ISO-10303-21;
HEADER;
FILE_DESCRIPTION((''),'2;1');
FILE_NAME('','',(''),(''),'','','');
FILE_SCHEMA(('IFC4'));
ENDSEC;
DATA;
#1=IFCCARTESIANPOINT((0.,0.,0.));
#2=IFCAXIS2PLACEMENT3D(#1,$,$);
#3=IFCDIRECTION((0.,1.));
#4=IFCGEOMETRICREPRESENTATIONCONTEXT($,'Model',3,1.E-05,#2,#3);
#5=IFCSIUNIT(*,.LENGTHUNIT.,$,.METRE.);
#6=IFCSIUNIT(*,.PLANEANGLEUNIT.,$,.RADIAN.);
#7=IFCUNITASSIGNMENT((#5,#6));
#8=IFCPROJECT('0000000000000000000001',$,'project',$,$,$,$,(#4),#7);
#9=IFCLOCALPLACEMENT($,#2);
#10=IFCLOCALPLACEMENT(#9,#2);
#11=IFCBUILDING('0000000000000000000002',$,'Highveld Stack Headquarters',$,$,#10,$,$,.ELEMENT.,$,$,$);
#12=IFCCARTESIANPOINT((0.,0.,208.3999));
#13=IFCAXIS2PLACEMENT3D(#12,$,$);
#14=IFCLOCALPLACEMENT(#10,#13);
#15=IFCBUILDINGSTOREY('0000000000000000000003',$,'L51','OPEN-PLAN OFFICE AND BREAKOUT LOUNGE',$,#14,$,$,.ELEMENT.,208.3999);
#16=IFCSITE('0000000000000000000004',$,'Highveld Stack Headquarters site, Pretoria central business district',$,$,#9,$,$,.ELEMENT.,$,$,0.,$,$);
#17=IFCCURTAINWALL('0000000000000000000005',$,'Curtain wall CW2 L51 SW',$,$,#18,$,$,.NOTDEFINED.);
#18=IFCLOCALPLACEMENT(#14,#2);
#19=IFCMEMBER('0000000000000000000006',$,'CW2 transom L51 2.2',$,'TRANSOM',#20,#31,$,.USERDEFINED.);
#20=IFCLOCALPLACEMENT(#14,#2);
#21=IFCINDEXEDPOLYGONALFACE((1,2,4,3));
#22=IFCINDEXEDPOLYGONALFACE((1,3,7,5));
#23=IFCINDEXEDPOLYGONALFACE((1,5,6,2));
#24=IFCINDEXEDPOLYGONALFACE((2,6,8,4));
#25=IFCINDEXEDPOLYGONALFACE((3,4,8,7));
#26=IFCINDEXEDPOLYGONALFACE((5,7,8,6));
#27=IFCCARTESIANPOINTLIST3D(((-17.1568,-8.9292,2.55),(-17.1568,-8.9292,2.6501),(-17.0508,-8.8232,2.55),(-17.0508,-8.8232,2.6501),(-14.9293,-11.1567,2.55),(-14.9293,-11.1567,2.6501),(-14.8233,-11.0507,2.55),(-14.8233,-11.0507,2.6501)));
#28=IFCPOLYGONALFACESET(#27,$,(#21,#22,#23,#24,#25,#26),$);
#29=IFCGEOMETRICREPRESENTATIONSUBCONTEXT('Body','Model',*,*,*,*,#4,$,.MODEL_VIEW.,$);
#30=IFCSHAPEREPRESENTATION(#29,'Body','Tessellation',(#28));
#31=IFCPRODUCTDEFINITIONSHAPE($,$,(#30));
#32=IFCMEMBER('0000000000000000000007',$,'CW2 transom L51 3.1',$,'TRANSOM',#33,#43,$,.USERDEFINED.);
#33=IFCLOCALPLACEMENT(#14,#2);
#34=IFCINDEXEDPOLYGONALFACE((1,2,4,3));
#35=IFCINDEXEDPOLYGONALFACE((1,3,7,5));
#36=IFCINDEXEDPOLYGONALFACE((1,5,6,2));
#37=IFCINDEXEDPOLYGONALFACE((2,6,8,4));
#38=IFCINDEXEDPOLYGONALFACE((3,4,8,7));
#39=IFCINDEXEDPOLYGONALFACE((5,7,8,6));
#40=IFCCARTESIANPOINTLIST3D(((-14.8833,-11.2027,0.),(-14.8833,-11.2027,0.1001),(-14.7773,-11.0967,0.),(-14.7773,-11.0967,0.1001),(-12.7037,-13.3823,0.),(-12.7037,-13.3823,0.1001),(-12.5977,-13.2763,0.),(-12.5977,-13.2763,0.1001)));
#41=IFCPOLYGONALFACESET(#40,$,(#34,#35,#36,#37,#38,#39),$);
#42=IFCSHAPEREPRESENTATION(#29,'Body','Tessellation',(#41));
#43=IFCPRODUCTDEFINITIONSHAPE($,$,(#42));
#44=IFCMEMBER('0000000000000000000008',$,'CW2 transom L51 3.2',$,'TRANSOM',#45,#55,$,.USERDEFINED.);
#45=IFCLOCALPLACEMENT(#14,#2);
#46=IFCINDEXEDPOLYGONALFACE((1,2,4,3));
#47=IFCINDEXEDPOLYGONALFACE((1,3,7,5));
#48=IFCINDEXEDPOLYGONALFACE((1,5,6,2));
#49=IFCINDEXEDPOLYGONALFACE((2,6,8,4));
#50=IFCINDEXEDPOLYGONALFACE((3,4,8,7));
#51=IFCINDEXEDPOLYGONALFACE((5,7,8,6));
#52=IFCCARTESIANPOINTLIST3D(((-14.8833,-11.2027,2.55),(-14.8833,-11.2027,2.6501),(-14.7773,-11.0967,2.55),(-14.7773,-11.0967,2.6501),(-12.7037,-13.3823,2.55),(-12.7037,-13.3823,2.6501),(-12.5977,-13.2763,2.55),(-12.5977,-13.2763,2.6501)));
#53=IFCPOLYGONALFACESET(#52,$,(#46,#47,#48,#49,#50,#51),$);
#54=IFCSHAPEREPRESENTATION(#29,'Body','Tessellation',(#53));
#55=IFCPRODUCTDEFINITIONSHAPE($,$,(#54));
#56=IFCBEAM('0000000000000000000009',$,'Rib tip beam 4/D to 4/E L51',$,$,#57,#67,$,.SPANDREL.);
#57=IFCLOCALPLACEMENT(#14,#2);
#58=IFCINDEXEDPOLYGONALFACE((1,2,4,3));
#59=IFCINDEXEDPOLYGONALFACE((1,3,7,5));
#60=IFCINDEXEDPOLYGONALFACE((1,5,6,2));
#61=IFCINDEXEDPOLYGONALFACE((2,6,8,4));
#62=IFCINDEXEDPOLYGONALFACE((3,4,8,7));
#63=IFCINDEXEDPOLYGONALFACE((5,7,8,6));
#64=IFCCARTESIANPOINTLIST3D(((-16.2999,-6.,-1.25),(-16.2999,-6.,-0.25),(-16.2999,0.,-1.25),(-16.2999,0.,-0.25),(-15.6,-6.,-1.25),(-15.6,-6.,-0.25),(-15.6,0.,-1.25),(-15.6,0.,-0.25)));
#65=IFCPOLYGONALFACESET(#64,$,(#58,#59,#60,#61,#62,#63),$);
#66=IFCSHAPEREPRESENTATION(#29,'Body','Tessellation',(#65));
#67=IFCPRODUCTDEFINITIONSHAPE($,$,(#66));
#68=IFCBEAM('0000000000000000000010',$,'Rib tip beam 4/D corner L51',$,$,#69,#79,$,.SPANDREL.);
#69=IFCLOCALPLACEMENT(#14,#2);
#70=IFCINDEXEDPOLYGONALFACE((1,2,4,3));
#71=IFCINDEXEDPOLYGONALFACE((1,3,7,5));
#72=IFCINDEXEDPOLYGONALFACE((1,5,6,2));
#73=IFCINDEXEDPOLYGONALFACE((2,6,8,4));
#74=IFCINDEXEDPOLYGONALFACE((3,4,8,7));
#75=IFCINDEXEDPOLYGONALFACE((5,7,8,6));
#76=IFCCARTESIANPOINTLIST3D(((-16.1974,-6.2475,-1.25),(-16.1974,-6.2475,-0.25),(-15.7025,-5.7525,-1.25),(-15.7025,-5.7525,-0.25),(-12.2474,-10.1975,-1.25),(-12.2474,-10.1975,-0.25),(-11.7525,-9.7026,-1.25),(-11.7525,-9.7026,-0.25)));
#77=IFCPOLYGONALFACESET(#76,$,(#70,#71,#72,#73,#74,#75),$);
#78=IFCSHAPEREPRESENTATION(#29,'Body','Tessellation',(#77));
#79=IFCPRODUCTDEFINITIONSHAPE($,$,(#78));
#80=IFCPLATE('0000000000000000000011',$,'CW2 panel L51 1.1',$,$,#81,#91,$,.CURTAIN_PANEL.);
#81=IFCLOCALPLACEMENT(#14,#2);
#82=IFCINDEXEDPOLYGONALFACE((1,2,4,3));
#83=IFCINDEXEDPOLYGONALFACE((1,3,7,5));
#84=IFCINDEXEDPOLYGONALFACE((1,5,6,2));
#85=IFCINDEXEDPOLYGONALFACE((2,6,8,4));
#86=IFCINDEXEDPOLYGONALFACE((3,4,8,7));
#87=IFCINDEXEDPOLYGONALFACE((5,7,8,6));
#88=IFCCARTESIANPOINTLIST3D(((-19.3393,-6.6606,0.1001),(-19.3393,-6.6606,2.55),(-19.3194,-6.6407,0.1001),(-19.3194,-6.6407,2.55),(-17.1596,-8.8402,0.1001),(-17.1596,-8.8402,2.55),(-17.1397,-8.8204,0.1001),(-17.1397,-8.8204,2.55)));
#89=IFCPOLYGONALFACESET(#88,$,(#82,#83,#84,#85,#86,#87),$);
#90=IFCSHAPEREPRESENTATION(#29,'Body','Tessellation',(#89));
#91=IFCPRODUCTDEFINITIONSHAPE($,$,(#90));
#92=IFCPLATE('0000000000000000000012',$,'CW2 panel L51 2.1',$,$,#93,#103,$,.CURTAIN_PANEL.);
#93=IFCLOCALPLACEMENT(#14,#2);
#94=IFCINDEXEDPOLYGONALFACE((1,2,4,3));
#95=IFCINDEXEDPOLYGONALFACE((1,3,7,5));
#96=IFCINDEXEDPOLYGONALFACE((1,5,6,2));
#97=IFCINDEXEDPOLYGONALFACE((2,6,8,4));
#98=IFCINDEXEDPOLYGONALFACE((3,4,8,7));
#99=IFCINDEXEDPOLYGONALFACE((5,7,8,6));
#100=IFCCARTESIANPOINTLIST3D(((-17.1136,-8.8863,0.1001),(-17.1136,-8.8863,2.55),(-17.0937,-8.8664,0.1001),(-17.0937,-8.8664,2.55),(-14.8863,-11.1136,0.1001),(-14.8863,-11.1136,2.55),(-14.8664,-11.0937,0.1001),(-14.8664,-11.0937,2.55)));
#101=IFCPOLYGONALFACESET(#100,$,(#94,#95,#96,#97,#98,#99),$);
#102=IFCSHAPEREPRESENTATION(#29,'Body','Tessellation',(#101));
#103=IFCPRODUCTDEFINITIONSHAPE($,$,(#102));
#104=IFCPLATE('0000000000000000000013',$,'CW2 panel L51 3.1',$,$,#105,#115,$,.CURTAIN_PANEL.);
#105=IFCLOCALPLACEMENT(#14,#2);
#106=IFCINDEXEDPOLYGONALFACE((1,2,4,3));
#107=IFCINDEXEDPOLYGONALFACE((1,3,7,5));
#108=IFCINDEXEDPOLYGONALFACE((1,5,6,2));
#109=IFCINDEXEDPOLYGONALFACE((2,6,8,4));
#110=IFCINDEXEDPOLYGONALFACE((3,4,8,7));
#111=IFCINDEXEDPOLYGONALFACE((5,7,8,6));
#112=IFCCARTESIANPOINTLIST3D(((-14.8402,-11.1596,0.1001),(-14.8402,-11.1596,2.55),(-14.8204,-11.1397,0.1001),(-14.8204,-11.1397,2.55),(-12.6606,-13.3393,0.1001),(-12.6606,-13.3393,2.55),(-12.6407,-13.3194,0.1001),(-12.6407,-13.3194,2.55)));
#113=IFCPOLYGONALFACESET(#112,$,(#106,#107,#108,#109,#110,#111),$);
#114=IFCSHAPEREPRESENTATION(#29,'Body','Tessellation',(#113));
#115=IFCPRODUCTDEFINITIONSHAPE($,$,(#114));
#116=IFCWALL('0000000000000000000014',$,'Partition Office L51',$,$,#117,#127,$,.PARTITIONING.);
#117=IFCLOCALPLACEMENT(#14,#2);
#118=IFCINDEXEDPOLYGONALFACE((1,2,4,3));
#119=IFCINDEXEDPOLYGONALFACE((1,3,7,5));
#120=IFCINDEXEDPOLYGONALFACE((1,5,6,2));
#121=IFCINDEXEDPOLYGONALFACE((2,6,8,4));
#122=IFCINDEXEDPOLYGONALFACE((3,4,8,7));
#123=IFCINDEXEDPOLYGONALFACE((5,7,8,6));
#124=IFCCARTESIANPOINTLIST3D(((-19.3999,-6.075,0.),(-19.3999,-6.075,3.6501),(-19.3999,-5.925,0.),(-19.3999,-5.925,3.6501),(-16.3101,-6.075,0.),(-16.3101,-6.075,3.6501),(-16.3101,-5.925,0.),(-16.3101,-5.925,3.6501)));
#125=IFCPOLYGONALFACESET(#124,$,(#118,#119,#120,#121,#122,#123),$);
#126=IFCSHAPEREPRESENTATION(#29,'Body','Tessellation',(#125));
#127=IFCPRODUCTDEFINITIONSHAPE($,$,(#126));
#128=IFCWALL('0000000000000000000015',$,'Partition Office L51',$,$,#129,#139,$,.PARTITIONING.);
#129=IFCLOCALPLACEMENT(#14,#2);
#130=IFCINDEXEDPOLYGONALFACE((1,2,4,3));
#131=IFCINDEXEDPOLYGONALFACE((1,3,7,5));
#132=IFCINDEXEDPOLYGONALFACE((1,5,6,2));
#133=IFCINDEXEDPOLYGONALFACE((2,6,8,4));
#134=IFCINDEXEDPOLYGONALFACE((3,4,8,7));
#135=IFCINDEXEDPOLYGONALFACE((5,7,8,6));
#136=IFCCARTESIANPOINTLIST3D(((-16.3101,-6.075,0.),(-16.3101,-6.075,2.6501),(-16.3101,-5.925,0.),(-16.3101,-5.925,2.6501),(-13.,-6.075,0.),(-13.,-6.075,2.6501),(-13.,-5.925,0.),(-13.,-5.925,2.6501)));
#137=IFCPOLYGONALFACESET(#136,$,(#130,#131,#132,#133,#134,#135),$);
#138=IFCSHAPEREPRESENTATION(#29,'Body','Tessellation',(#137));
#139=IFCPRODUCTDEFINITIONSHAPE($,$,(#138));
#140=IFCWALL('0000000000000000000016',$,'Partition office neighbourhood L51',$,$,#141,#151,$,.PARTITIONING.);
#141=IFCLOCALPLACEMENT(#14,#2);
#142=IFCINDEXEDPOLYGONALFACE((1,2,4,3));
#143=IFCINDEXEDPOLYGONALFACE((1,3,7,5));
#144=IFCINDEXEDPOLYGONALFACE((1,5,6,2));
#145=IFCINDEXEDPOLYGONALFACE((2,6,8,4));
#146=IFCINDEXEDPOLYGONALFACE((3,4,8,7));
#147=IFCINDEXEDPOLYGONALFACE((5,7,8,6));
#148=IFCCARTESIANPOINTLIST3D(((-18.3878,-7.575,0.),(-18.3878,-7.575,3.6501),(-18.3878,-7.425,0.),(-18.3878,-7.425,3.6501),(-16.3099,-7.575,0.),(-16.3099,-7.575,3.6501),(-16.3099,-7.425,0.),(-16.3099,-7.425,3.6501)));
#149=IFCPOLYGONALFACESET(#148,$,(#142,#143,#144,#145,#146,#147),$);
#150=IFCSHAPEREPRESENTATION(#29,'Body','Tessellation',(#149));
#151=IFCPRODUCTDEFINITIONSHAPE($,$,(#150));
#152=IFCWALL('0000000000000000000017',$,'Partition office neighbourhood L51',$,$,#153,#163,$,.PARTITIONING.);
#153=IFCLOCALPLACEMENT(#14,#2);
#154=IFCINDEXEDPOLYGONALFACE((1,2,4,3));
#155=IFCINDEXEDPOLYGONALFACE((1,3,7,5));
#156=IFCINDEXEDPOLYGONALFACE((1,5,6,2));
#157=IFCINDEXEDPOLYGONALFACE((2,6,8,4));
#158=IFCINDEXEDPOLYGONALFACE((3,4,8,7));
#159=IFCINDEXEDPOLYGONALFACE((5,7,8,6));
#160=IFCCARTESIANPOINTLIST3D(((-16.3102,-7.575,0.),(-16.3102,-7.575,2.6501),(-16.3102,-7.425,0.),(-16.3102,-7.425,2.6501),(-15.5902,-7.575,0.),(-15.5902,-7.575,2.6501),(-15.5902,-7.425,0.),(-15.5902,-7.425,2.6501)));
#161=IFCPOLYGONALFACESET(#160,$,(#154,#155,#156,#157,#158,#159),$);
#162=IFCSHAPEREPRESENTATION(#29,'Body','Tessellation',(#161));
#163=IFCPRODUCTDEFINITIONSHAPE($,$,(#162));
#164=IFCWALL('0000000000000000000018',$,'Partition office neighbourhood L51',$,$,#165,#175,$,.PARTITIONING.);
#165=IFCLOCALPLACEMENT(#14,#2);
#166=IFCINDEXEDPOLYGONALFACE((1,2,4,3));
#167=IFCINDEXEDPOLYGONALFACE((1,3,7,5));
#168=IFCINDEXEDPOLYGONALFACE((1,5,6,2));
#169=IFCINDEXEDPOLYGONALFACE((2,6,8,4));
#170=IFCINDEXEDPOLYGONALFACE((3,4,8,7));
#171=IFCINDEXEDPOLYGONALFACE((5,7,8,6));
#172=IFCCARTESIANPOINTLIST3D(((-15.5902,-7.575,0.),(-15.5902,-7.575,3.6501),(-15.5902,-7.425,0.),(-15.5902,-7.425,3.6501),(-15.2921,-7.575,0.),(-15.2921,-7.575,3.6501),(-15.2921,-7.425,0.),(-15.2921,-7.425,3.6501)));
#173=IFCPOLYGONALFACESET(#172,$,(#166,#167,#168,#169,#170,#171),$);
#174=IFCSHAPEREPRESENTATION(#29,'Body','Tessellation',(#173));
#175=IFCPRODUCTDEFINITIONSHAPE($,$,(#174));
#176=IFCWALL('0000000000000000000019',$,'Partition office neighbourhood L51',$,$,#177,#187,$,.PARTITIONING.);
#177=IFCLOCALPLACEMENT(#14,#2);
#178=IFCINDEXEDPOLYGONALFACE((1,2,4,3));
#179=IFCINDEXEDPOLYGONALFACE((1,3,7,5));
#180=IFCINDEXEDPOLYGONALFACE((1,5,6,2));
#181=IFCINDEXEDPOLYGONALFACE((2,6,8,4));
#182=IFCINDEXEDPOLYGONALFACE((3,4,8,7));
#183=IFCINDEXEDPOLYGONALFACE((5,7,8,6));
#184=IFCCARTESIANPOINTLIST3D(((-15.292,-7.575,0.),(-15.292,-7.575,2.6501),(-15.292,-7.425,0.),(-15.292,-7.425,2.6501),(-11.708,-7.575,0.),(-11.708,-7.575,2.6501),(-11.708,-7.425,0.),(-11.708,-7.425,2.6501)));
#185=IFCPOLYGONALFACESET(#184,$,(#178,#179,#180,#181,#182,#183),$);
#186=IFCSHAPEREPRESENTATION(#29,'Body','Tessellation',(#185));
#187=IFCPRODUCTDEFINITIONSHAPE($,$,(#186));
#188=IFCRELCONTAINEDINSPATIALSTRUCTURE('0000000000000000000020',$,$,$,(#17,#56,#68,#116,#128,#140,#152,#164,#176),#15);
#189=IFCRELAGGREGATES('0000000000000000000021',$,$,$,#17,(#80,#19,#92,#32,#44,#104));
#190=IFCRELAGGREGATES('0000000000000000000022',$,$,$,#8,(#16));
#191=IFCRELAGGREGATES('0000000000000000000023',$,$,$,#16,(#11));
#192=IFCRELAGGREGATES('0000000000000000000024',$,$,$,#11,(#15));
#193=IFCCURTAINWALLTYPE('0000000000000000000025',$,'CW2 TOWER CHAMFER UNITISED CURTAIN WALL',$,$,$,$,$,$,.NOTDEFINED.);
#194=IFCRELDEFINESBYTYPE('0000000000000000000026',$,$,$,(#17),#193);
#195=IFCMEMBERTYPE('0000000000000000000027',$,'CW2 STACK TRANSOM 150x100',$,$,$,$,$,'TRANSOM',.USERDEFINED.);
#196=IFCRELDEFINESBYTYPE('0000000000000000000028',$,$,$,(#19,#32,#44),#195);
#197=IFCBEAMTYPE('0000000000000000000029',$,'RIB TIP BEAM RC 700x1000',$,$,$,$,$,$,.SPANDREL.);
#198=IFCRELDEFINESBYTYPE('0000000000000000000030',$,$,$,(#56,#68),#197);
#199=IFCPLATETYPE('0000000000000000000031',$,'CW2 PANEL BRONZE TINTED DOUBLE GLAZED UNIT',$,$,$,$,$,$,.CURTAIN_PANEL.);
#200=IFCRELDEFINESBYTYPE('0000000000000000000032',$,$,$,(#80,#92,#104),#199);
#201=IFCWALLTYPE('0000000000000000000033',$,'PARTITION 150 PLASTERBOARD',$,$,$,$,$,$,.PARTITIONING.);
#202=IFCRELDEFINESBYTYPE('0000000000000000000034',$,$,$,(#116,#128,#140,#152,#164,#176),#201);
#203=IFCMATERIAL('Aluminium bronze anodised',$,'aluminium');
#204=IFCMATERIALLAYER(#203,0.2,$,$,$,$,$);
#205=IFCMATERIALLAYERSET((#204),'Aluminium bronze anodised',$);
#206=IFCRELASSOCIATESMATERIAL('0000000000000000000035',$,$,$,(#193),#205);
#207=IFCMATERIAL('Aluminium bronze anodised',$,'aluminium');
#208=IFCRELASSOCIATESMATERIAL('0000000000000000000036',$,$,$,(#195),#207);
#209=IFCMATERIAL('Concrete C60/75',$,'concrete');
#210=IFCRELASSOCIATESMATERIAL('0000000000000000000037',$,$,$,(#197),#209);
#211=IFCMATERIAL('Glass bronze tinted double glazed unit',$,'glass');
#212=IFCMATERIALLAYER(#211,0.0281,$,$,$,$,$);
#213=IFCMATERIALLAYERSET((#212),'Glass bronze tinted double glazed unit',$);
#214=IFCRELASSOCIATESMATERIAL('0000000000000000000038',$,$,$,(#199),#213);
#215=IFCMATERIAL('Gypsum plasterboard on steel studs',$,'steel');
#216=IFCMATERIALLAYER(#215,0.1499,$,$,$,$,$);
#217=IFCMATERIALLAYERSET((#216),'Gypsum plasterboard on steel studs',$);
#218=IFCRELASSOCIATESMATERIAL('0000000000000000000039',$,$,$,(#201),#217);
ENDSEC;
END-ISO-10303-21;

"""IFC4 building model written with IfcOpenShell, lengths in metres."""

from ifc_helpers import new_model, si_unit, direction, frame, frame_2d, origin, origin_2d, place, context, subcontext, project, spatial, rectangle, extrude, material, layer, layer_set, material_profile, profile_set, type_object, element, aggregate, save


model = new_model("IFC4")

# Units and contexts
model_context = context("Model", 3, precision=1e-05, world=origin(), true_north=direction((0.0, 1.0)))
body_context = subcontext(model_context, "Body", "Model", "MODEL_VIEW")
ifc_project = project(units=[si_unit("LENGTHUNIT", "METRE"), si_unit("PLANEANGLEUNIT", "RADIAN")], contexts=[model_context])

# Site, building, storey
site_placement = place(None, origin())
site = spatial("IfcSite", under=ifc_project, at=site_placement, Name="Highveld Stack Headquarters site, Pretoria central business district", CompositionType="ELEMENT", RefElevation=0.0)
building_placement = place(site_placement, origin())
building = spatial("IfcBuilding", under=site, at=building_placement, Name="Highveld Stack Headquarters", CompositionType="ELEMENT")
storey_placement = place(building_placement, frame((0.0, 0.0, 208.3999)))
storey = spatial("IfcBuildingStorey", under=building, at=storey_placement, Name="L51", Description="OPEN-PLAN OFFICE AND BREAKOUT LOUNGE", CompositionType="ELEMENT", Elevation=208.3999)

# Curtain wall, members
ifc_material_1 = material(Name="Aluminium bronze anodised", Category="aluminium")
ifc_layer_1 = layer(ifc_material_1, 0.2)
ifc_layer_set_1 = layer_set([ifc_layer_1], Name="Aluminium bronze anodised")
curtain_wall_type_1 = type_object("IfcCurtainWallType", Name="CW2 TOWER CHAMFER UNITISED CURTAIN WALL", PredefinedType="NOTDEFINED", material=ifc_layer_set_1)
curtain_wall_1_placement = place(storey_placement, origin())
curtain_wall_1 = element("IfcCurtainWall", 1, at=curtain_wall_1_placement, inside=storey, type_object=curtain_wall_type_1, Name="Curtain wall CW2 L51 SW", PredefinedType="NOTDEFINED")
ifc_material_2 = material(Name="Aluminium bronze anodised", Category="aluminium")
ifc_material_profile_1 = material_profile(ifc_material_2, rectangle(XDim=0.1499, YDim=0.1001, at=origin_2d()), Name="CW2 TRANSOM 150x100")
ifc_profile_set_1 = profile_set([ifc_material_profile_1], Name="Aluminium bronze anodised")
member_type_1 = type_object("IfcMemberType", Name="CW2 STACK TRANSOM 150x100", ElementType="TRANSOM", PredefinedType="USERDEFINED", material=ifc_profile_set_1)
member_1_placement = place(storey_placement, frame((-17.1038, -8.8762, 2.6001), z_axis=(0.707107, -0.707107, 0.0), x_axis=(0.707107, 0.707107, 0.0)))
member_1 = element("IfcMember", 2, at=member_1_placement, type_object=member_type_1, Name="CW2 transom L51 2.2", ObjectType="TRANSOM", PredefinedType="USERDEFINED", context=body_context, shape_type="SweptSolid", body=[
    extrude(rectangle(XDim=0.1499, YDim=0.1001, at=origin_2d()), origin(), (0.0, 0.0, 1.0), 3.1501),
])
member_2_placement = place(storey_placement, frame((-14.8303, -11.1497, 0.05), z_axis=(0.707107, -0.707107, 0.0), x_axis=(0.707107, 0.707107, 0.0)))
member_2 = element("IfcMember", 3, at=member_2_placement, type_object=member_type_1, Name="CW2 transom L51 3.1", ObjectType="TRANSOM", PredefinedType="USERDEFINED", context=body_context, shape_type="SweptSolid", body=[
    extrude(rectangle(XDim=0.1499, YDim=0.1001, at=origin_2d()), origin(), (0.0, 0.0, 1.0), 3.0825),
])
member_3_placement = place(storey_placement, frame((-14.8303, -11.1497, 2.6001), z_axis=(0.707107, -0.707107, 0.0), x_axis=(0.707107, 0.707107, 0.0)))
member_3 = element("IfcMember", 4, at=member_3_placement, type_object=member_type_1, Name="CW2 transom L51 3.2", ObjectType="TRANSOM", PredefinedType="USERDEFINED", context=body_context, shape_type="SweptSolid", body=[
    extrude(rectangle(XDim=0.1499, YDim=0.1001, at=origin_2d()), origin(), (0.0, 0.0, 1.0), 3.0825),
])

# Beams
ifc_material_3 = material(Name="Concrete C60/75", Category="concrete")
ifc_material_profile_2 = material_profile(ifc_material_3, rectangle(XDim=0.7, YDim=1.0, at=origin_2d()), Name="RC 700x1000")
ifc_profile_set_2 = profile_set([ifc_material_profile_2], Name="Concrete C60/75")
beam_type = type_object("IfcBeamType", Name="RIB TIP BEAM RC 700x1000", PredefinedType="SPANDREL", material=ifc_profile_set_2)
beam_1_placement = place(storey_placement, frame((-15.95, -6.0, -0.75), z_axis=(0.0, 1.0, 0.0), x_axis=(-1.0, 0.0, 0.0)))
element("IfcBeam", 5, at=beam_1_placement, inside=storey, type_object=beam_type, Name="Rib tip beam 4/D to 4/E L51", PredefinedType="SPANDREL", context=body_context, shape_type="SweptSolid", body=[
    extrude(rectangle(XDim=0.7, YDim=1.0, at=origin_2d()), origin(), (0.0, 0.0, 1.0), 6.0),
])
beam_2_placement = place(storey_placement, frame((-15.95, -6.0, -0.75), z_axis=(0.707107, -0.707107, 0.0), x_axis=(0.707107, 0.707107, 0.0)))
element("IfcBeam", 6, at=beam_2_placement, inside=storey, type_object=beam_type, Name="Rib tip beam 4/D corner L51", PredefinedType="SPANDREL", context=body_context, shape_type="SweptSolid", body=[
    extrude(rectangle(XDim=0.7, YDim=1.0, at=origin_2d()), origin(), (0.0, 0.0, 1.0), 5.5862),
])

# Plates
ifc_material_4 = material(Name="Glass bronze tinted double glazed unit", Category="glass")
ifc_layer_2 = layer(ifc_material_4, 0.0281)
ifc_layer_set_2 = layer_set([ifc_layer_2], Name="Glass bronze tinted double glazed unit")
plate_type = type_object("IfcPlateType", Name="CW2 PANEL BRONZE TINTED DOUBLE GLAZED UNIT", PredefinedType="CURTAIN_PANEL", material=ifc_layer_set_2)
plate_1_placement = place(storey_placement, frame((-18.2395, -7.7405, 0.1001), z_axis=(0.0, 0.0, 1.0), x_axis=(0.707107, -0.707107, 0.0)))
plate_1 = element("IfcPlate", 7, at=plate_1_placement, type_object=plate_type, Name="CW2 panel L51 1.1", PredefinedType="CURTAIN_PANEL", context=body_context, shape_type="SweptSolid", body=[
    extrude(rectangle(XDim=3.0825, YDim=0.0281, at=origin_2d()), origin(), (0.0, 0.0, 1.0), 2.45),
])
plate_2_placement = place(storey_placement, frame((-15.99, -9.99, 0.1001), z_axis=(0.0, 0.0, 1.0), x_axis=(0.707107, -0.707107, 0.0)))
plate_2 = element("IfcPlate", 8, at=plate_2_placement, type_object=plate_type, Name="CW2 panel L51 2.1", PredefinedType="CURTAIN_PANEL", context=body_context, shape_type="SweptSolid", body=[
    extrude(rectangle(XDim=3.1499, YDim=0.0281, at=origin_2d()), origin(), (0.0, 0.0, 1.0), 2.45),
])
plate_3_placement = place(storey_placement, frame((-13.7405, -12.2395, 0.1001), z_axis=(0.0, 0.0, 1.0), x_axis=(0.707107, -0.707107, 0.0)))
plate_3 = element("IfcPlate", 9, at=plate_3_placement, type_object=plate_type, Name="CW2 panel L51 3.1", PredefinedType="CURTAIN_PANEL", context=body_context, shape_type="SweptSolid", body=[
    extrude(rectangle(XDim=3.0825, YDim=0.0281, at=origin_2d()), origin(), (0.0, 0.0, 1.0), 2.45),
])
aggregate(curtain_wall_1, [plate_1, member_1, plate_2, member_2, member_3, plate_3])

# Walls
ifc_material_5 = material(Name="Gypsum plasterboard on steel studs", Category="steel")
ifc_layer_3 = layer(ifc_material_5, 0.1499)
ifc_layer_set_3 = layer_set([ifc_layer_3], Name="Gypsum plasterboard on steel studs")
wall_type = type_object("IfcWallType", Name="PARTITION 150 PLASTERBOARD", PredefinedType="PARTITIONING", material=ifc_layer_set_3)
wall_1_placement = place(storey_placement, frame((-19.3999, -6.0, 0.0), z_axis=(0.0, 0.0, 1.0), x_axis=(1.0, 0.0, 0.0)))
element("IfcWall", 10, at=wall_1_placement, inside=storey, type_object=wall_type, Name="Partition Office L51", PredefinedType="PARTITIONING", context=body_context, shape_type="SweptSolid", body=[
    extrude(rectangle(XDim=3.0898, YDim=0.1499, at=frame_2d((1.5449, 0.0))), origin(), (0.0, 0.0, 1.0), 3.6501),
])
wall_2_placement = place(storey_placement, frame((-16.3101, -6.0, 0.0), z_axis=(0.0, 0.0, 1.0), x_axis=(1.0, 0.0, 0.0)))
element("IfcWall", 11, at=wall_2_placement, inside=storey, type_object=wall_type, Name="Partition Office L51", PredefinedType="PARTITIONING", context=body_context, shape_type="SweptSolid", body=[
    extrude(rectangle(XDim=3.3101, YDim=0.1499, at=frame_2d((1.655, 0.0))), origin(), (0.0, 0.0, 1.0), 2.6501),
])
wall_3_placement = place(storey_placement, frame((-18.3879, -7.5, 0.0), z_axis=(0.0, 0.0, 1.0), x_axis=(1.0, 0.0, 0.0)))
element("IfcWall", 12, at=wall_3_placement, inside=storey, type_object=wall_type, Name="Partition office neighbourhood L51", PredefinedType="PARTITIONING", context=body_context, shape_type="SweptSolid", body=[
    extrude(rectangle(XDim=2.0779, YDim=0.1499, at=frame_2d((1.0391, 0.0))), origin(), (0.0, 0.0, 1.0), 3.6501),
])
wall_4_placement = place(storey_placement, frame((-16.3101, -7.5, 0.0), z_axis=(0.0, 0.0, 1.0), x_axis=(1.0, 0.0, 0.0)))
element("IfcWall", 13, at=wall_4_placement, inside=storey, type_object=wall_type, Name="Partition office neighbourhood L51", PredefinedType="PARTITIONING", context=body_context, shape_type="SweptSolid", body=[
    extrude(rectangle(XDim=0.72, YDim=0.1499, at=frame_2d((0.3599, 0.0))), origin(), (0.0, 0.0, 1.0), 2.6501),
])
wall_5_placement = place(storey_placement, frame((-15.5901, -7.5, 0.0), z_axis=(0.0, 0.0, 1.0), x_axis=(1.0, 0.0, 0.0)))
element("IfcWall", 14, at=wall_5_placement, inside=storey, type_object=wall_type, Name="Partition office neighbourhood L51", PredefinedType="PARTITIONING", context=body_context, shape_type="SweptSolid", body=[
    extrude(rectangle(XDim=0.2981, YDim=0.1499, at=frame_2d((0.1489, 0.0))), origin(), (0.0, 0.0, 1.0), 3.6501),
])
wall_6_placement = place(storey_placement, frame((-15.292, -7.5, 0.0), z_axis=(0.0, 0.0, 1.0), x_axis=(1.0, 0.0, 0.0)))
element("IfcWall", 15, at=wall_6_placement, inside=storey, type_object=wall_type, Name="Partition office neighbourhood L51", PredefinedType="PARTITIONING", context=body_context, shape_type="SweptSolid", body=[
    extrude(rectangle(XDim=3.584, YDim=0.1499, at=frame_2d((1.792, 0.0))), origin(), (0.0, 0.0, 1.0), 2.6501),
])

save(model, "model.ifc")
